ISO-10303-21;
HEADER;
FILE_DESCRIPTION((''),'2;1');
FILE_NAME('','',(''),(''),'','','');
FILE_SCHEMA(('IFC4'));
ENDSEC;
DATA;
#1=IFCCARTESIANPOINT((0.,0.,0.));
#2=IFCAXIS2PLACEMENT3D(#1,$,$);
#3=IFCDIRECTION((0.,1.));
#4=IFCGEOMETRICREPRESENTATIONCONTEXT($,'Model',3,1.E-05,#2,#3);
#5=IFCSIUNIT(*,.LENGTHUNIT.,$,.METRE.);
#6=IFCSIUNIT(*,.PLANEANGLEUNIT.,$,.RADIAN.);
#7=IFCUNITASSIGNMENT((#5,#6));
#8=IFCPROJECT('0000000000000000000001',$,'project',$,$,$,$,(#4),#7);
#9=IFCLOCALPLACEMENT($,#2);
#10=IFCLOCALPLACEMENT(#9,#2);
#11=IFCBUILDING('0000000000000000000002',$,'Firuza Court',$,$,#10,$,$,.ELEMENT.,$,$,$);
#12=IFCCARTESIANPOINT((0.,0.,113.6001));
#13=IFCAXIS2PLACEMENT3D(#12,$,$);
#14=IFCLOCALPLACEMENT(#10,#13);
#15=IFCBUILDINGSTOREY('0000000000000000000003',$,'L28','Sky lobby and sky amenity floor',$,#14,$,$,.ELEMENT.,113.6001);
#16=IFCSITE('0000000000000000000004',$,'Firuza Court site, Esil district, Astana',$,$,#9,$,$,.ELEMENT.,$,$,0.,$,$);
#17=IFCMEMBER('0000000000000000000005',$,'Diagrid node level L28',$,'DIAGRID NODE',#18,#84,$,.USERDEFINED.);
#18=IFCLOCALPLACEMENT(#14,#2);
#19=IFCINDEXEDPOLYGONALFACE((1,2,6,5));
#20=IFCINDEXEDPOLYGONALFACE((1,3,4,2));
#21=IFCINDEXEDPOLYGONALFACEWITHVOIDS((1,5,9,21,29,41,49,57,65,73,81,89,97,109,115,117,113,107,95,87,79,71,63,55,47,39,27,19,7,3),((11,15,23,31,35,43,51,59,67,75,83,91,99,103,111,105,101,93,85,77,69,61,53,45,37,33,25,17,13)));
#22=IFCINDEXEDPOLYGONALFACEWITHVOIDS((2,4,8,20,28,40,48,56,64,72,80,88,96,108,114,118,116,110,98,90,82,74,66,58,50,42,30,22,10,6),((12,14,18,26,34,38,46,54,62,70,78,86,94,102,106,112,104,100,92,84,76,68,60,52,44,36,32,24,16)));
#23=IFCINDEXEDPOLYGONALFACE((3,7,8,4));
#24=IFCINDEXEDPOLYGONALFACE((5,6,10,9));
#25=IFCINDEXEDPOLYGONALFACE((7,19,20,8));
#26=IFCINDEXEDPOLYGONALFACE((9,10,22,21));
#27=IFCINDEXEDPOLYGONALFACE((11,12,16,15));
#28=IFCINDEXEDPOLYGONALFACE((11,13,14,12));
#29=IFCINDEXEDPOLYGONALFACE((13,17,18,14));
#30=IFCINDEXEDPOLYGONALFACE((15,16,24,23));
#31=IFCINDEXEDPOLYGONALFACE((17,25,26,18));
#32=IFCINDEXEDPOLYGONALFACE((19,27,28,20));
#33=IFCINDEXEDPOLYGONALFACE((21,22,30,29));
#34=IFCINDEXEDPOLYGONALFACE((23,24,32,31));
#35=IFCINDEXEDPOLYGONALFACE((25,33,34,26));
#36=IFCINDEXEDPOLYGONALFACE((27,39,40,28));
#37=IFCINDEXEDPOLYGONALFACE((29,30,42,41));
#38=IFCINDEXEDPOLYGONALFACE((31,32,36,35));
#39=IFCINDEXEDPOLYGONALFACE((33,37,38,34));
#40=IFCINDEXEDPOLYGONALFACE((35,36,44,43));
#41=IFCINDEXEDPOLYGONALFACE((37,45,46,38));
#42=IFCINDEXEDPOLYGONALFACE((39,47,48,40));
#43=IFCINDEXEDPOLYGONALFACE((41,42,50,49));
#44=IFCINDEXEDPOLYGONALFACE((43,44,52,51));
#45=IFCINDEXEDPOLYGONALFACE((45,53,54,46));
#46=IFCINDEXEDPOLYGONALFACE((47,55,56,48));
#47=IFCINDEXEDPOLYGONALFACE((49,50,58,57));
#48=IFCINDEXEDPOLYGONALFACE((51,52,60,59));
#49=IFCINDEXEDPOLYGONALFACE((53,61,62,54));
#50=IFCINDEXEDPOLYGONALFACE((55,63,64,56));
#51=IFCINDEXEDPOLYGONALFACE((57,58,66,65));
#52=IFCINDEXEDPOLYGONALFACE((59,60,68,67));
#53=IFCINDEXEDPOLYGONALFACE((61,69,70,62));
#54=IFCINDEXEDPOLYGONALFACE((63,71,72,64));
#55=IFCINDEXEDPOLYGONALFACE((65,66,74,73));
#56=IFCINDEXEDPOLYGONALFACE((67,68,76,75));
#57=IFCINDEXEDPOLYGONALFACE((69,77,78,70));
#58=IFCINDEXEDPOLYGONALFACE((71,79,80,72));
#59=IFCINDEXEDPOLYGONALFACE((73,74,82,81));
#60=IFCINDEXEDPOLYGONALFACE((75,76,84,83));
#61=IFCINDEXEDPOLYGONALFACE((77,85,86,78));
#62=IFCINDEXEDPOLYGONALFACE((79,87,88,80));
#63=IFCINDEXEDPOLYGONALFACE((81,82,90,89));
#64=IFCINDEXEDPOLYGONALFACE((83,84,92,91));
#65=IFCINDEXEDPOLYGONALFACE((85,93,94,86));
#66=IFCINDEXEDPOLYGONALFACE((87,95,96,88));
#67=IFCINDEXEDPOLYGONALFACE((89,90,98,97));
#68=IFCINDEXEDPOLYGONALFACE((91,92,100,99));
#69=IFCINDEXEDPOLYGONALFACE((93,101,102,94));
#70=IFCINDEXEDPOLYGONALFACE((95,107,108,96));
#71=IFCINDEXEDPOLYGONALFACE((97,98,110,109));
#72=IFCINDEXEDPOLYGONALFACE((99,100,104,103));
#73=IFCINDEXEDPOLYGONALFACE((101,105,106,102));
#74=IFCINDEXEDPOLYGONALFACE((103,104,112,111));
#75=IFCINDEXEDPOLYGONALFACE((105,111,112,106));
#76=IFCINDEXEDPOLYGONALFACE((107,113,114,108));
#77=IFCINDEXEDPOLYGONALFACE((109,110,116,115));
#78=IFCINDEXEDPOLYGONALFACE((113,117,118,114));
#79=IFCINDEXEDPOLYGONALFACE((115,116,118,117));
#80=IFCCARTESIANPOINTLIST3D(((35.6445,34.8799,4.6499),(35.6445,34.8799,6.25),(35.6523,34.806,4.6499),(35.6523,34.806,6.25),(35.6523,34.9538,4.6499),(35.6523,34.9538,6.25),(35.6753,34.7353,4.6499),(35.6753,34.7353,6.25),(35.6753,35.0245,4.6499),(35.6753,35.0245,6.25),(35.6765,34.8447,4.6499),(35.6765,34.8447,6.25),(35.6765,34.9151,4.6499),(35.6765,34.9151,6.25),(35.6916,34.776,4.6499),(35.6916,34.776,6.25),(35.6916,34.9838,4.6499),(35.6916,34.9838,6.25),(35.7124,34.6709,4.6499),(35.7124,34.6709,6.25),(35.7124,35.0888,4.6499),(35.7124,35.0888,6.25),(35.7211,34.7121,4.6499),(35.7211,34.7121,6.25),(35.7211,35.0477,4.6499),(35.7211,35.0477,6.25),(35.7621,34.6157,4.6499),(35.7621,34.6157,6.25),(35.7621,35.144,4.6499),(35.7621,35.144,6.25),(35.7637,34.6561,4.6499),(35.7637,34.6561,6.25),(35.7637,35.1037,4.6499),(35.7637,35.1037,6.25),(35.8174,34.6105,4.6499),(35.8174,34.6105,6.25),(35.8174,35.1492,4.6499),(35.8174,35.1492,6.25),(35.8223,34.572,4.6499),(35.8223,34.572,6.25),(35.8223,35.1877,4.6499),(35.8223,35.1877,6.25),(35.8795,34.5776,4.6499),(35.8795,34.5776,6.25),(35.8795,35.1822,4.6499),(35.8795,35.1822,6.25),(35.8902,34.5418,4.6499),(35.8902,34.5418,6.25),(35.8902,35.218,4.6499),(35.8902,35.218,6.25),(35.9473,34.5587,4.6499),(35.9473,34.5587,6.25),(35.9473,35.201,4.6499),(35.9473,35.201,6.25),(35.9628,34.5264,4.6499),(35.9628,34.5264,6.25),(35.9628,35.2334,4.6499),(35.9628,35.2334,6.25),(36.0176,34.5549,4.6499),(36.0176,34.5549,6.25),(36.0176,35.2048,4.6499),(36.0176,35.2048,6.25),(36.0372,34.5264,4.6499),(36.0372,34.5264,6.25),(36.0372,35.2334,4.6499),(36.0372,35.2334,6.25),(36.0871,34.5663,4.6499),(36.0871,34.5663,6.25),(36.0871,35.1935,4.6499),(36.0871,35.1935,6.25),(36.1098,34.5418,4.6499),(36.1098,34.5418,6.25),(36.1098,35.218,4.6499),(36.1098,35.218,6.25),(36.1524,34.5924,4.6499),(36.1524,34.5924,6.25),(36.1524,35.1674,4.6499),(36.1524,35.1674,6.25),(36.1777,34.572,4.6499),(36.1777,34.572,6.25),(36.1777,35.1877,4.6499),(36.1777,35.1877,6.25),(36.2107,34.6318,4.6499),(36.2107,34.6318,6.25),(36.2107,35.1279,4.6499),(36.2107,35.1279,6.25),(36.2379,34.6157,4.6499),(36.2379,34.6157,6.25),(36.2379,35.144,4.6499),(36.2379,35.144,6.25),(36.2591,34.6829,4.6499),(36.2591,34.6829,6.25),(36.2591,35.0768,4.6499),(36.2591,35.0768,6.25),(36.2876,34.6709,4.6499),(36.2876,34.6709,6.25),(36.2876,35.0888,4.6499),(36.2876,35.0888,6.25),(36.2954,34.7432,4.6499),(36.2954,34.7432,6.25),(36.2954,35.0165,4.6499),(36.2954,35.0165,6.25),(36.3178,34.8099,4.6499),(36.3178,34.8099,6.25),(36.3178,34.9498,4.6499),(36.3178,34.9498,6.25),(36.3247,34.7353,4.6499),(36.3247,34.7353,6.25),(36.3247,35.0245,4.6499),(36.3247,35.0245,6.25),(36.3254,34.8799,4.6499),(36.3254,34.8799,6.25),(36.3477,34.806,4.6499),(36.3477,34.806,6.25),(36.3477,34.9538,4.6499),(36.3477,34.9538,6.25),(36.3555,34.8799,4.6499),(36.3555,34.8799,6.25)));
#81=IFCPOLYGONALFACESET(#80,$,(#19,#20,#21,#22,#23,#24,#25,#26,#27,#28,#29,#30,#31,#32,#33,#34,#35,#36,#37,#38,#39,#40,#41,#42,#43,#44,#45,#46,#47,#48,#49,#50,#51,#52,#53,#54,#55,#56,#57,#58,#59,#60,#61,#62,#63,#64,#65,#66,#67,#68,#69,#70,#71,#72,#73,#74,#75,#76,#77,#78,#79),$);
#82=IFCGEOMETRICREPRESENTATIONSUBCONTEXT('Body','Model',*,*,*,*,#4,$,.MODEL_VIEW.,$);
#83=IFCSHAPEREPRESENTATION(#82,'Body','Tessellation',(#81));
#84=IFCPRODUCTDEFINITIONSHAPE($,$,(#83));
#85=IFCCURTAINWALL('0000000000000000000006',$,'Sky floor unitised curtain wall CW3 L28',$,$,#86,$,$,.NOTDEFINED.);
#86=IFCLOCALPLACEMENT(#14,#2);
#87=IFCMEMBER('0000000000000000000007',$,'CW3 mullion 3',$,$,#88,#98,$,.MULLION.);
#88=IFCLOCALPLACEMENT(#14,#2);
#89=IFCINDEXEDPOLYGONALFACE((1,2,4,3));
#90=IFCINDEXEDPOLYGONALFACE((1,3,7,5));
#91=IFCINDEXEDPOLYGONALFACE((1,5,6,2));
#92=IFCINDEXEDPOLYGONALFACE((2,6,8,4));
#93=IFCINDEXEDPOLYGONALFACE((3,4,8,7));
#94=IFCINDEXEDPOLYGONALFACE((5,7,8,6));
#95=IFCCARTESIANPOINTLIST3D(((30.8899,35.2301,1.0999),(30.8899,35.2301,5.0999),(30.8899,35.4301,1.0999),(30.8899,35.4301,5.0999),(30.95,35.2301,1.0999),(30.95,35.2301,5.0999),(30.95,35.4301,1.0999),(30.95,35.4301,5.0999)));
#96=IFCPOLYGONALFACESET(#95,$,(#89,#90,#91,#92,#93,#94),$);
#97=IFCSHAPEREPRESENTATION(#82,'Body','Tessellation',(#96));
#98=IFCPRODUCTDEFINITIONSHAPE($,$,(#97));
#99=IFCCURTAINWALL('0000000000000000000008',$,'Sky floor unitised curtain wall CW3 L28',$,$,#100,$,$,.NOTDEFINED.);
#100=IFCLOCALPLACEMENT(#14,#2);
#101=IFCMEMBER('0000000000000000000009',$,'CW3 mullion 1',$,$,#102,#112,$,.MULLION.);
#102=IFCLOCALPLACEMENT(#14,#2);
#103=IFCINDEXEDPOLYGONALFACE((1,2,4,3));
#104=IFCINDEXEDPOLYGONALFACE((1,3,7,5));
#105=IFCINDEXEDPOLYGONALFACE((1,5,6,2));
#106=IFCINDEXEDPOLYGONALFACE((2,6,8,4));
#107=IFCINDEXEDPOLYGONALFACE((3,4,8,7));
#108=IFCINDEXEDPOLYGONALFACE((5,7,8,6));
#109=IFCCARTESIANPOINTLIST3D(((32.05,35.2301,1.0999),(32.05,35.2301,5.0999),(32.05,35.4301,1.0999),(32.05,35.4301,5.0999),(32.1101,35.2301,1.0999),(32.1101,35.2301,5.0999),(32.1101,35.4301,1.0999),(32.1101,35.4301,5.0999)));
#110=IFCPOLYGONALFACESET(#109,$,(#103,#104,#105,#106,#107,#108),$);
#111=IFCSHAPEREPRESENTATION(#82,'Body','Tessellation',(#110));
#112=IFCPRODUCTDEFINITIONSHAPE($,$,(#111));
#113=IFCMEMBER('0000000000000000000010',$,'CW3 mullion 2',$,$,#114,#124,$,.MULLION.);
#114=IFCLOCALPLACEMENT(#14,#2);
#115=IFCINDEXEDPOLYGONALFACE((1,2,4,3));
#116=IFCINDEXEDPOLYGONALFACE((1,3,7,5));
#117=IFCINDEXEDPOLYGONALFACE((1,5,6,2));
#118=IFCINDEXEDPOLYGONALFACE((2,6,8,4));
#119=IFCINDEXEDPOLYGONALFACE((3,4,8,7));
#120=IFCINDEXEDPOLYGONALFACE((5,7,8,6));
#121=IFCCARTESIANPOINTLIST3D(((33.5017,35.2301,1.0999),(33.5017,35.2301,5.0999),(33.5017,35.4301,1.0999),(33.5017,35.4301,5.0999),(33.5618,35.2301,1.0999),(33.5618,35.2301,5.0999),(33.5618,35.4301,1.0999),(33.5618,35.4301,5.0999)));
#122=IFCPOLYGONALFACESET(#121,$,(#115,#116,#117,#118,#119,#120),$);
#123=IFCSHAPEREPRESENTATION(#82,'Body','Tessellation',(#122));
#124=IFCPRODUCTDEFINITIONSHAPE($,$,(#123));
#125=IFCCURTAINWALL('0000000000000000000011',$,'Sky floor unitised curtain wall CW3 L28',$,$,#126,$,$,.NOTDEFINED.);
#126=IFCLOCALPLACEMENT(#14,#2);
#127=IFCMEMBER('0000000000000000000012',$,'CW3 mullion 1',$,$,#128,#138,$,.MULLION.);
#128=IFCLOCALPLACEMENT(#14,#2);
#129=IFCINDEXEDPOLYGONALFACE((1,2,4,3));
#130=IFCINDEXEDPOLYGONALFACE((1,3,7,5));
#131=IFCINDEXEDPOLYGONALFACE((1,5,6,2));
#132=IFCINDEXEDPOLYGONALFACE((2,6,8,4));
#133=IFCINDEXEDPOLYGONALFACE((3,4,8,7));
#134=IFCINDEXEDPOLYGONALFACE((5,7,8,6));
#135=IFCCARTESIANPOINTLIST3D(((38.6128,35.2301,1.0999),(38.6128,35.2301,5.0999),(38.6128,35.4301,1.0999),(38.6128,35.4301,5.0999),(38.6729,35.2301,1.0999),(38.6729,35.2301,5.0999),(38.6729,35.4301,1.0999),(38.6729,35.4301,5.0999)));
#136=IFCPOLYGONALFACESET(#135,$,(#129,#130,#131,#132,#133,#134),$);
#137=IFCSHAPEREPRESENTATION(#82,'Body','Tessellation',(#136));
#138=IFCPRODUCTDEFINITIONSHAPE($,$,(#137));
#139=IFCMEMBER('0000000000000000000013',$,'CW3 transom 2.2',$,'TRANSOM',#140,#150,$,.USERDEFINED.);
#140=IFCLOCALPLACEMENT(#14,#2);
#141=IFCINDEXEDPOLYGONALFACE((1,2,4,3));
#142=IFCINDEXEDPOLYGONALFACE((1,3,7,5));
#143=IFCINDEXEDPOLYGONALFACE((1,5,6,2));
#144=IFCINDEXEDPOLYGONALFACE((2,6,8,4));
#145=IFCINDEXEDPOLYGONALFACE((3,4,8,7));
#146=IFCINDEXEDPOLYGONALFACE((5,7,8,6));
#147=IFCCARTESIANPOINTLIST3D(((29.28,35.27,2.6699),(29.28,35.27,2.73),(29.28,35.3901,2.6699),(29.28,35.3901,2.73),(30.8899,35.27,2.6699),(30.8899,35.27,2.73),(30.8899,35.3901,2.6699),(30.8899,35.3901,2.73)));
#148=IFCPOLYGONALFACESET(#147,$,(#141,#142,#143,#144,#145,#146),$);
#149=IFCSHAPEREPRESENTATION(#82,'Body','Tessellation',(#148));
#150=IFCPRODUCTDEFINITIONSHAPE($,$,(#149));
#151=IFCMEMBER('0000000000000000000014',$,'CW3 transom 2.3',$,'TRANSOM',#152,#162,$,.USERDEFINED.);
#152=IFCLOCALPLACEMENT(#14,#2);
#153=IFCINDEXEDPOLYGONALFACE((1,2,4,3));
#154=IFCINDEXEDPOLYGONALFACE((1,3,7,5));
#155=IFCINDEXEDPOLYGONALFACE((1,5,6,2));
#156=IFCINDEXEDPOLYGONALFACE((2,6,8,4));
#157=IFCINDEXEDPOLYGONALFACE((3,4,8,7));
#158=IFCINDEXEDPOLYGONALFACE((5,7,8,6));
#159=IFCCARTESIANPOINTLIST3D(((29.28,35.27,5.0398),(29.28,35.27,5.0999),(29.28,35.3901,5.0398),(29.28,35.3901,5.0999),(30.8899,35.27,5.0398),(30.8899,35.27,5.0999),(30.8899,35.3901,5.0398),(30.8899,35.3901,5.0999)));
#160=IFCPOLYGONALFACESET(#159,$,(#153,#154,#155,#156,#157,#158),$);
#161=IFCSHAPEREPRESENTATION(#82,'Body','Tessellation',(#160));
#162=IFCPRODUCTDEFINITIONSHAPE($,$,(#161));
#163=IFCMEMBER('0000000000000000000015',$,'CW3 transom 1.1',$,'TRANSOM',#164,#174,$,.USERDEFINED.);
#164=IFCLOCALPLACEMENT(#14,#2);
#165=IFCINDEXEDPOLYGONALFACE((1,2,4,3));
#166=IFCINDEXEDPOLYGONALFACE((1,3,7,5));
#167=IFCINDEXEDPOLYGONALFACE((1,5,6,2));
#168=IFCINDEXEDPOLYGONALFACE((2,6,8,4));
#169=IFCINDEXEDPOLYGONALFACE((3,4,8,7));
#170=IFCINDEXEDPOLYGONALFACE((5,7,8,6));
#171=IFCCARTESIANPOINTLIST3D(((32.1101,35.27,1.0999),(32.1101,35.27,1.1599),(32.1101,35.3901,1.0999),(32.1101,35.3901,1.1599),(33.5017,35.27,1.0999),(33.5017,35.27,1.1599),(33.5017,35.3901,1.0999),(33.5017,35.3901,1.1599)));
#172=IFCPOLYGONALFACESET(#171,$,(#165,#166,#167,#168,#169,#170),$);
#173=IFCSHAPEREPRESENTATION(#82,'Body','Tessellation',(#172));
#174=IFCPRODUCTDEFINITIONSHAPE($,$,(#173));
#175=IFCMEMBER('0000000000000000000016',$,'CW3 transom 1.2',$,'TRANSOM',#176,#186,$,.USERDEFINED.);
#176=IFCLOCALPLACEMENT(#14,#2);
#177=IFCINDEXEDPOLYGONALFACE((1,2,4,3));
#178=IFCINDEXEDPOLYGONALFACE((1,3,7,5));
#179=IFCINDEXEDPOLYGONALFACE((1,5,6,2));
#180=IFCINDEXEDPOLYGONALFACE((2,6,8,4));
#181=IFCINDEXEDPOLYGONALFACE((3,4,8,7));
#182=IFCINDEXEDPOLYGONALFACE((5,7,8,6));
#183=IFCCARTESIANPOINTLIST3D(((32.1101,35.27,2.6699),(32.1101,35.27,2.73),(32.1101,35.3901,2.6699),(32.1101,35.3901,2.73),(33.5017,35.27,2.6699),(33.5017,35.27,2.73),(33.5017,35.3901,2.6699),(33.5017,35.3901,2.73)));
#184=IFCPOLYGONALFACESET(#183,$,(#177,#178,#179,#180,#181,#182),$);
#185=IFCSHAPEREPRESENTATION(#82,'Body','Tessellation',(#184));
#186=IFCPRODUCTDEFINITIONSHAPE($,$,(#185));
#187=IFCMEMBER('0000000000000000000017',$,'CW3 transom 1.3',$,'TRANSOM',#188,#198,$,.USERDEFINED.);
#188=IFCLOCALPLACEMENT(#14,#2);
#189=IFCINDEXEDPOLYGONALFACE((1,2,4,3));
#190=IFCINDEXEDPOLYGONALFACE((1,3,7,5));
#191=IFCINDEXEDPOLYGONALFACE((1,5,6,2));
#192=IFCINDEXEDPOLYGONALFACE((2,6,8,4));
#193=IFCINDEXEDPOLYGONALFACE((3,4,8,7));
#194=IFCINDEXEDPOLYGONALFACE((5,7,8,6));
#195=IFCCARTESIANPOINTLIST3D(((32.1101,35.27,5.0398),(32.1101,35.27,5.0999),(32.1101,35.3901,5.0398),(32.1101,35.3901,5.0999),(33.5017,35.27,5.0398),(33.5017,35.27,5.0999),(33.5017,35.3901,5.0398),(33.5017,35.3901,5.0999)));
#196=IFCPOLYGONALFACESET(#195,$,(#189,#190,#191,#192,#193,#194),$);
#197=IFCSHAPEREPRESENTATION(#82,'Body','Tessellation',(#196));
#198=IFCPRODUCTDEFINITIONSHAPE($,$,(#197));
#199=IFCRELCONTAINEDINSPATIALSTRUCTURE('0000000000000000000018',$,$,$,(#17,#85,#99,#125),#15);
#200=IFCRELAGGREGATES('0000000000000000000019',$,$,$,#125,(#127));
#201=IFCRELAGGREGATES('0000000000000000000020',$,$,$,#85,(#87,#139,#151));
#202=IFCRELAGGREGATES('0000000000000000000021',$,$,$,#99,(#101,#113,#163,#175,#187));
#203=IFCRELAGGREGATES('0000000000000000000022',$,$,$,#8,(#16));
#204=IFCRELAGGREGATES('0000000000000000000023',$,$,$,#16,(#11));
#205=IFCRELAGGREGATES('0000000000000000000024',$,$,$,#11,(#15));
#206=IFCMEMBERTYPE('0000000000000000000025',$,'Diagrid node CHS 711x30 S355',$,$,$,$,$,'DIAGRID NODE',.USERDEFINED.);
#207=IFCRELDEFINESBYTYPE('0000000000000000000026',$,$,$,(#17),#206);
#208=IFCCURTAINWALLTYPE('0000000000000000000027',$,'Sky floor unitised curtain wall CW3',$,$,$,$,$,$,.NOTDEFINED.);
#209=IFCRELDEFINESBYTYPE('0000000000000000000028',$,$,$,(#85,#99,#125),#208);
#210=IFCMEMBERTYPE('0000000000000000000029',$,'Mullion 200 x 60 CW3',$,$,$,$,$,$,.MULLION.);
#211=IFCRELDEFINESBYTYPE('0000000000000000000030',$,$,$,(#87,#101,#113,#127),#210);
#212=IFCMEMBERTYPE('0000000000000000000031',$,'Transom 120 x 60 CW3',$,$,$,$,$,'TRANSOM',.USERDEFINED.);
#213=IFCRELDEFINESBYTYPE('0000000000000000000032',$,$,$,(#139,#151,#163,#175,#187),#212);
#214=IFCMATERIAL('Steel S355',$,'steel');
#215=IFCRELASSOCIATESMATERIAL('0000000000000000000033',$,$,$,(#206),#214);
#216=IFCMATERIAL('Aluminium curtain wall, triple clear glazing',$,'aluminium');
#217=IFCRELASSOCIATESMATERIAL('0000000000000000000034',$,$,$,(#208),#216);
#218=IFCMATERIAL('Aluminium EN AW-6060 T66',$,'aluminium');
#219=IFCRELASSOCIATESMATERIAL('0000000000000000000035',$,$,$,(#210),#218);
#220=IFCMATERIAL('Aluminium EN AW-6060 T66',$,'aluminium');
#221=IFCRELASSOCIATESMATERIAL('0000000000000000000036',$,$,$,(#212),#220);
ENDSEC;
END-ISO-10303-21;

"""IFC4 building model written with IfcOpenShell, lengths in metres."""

from ifc_helpers import new_model, si_unit, direction, frame, origin, origin_2d, place, context, subcontext, project, spatial, rectangle, hollow_circle, extrude, material, material_profile, profile_set, type_object, element, aggregate, save


model = new_model("IFC4")

# Units and contexts
model_context = context("Model", 3, precision=1e-05, world=origin(), true_north=direction((0.0, 1.0)))
body_context = subcontext(model_context, "Body", "Model", "MODEL_VIEW")
ifc_project = project(units=[si_unit("LENGTHUNIT", "METRE"), si_unit("PLANEANGLEUNIT", "RADIAN")], contexts=[model_context])

# Site, building, storey
site_placement = place(None, origin())
site = spatial("IfcSite", under=ifc_project, at=site_placement, Name="Firuza Court site, Esil district, Astana", CompositionType="ELEMENT", RefElevation=0.0)
building_placement = place(site_placement, origin())
building = spatial("IfcBuilding", under=site, at=building_placement, Name="Firuza Court", CompositionType="ELEMENT")
storey_placement = place(building_placement, frame((0.0, 0.0, 113.6001)))
storey = spatial("IfcBuildingStorey", under=building, at=storey_placement, Name="L28", Description="Sky lobby and sky amenity floor", CompositionType="ELEMENT", Elevation=113.6001)

# Member
ifc_material_1 = material(Name="Steel S355", Category="steel")
ifc_material_profile_1 = material_profile(ifc_material_1, hollow_circle(Radius=0.3555, WallThickness=0.03, at=origin_2d()), Name="CHS 711x30")
ifc_profile_set_1 = profile_set([ifc_material_profile_1], Name="Steel S355")
member_type_1 = type_object("IfcMemberType", Name="Diagrid node CHS 711x30 S355", ElementType="DIAGRID NODE", PredefinedType="USERDEFINED", material=ifc_profile_set_1)
member_1_placement = place(storey_placement, frame((36.0, 34.8799, 4.6499), z_axis=(0.0, 0.0, 1.0), x_axis=(1.0, 0.0, 0.0)))
element("IfcMember", 1, at=member_1_placement, inside=storey, type_object=member_type_1, Name="Diagrid node level L28", ObjectType="DIAGRID NODE", PredefinedType="USERDEFINED", context=body_context, shape_type="SweptSolid", body=[
    extrude(hollow_circle(Radius=0.3555, WallThickness=0.03, at=origin_2d()), origin(), (0.0, 0.0, 1.0), 1.6001),
])

# Curtain wall, member
ifc_material_2 = material(Name="Aluminium curtain wall, triple clear glazing", Category="aluminium")
curtain_wall_type = type_object("IfcCurtainWallType", Name="Sky floor unitised curtain wall CW3", PredefinedType="NOTDEFINED", material=ifc_material_2)
curtain_wall_1_placement = place(storey_placement, origin())
curtain_wall_1 = element("IfcCurtainWall", 2, at=curtain_wall_1_placement, inside=storey, type_object=curtain_wall_type, Name="Sky floor unitised curtain wall CW3 L28", PredefinedType="NOTDEFINED")
ifc_material_3 = material(Name="Aluminium EN AW-6060 T66", Category="aluminium")
ifc_material_profile_2 = material_profile(ifc_material_3, rectangle(XDim=0.2, YDim=0.0601, at=origin_2d()), Name="Mullion 200 x 60 CW3")
ifc_profile_set_2 = profile_set([ifc_material_profile_2], Name="Aluminium EN AW-6060 T66")
member_type_2 = type_object("IfcMemberType", Name="Mullion 200 x 60 CW3", PredefinedType="MULLION", material=ifc_profile_set_2)
member_2_placement = place(storey_placement, frame((30.9199, 35.3301, 1.0999), z_axis=(0.0, 0.0, 1.0), x_axis=(0.0, 1.0, 0.0)))
member_2 = element("IfcMember", 3, at=member_2_placement, type_object=member_type_2, Name="CW3 mullion 3", PredefinedType="MULLION", context=body_context, shape_type="SweptSolid", body=[
    extrude(rectangle(XDim=0.2, YDim=0.0601, at=origin_2d()), origin(), (0.0, 0.0, 1.0), 4.0),
])

# Curtain wall, members
curtain_wall_2_placement = place(storey_placement, origin())
curtain_wall_2 = element("IfcCurtainWall", 4, at=curtain_wall_2_placement, inside=storey, type_object=curtain_wall_type, Name="Sky floor unitised curtain wall CW3 L28", PredefinedType="NOTDEFINED")
member_3_placement = place(storey_placement, frame((32.0801, 35.3301, 1.0999), z_axis=(0.0, 0.0, 1.0), x_axis=(0.0, 1.0, 0.0)))
member_3 = element("IfcMember", 5, at=member_3_placement, type_object=member_type_2, Name="CW3 mullion 1", PredefinedType="MULLION", context=body_context, shape_type="SweptSolid", body=[
    extrude(rectangle(XDim=0.2, YDim=0.0601, at=origin_2d()), origin(), (0.0, 0.0, 1.0), 4.0),
])
member_4_placement = place(storey_placement, frame((33.5317, 35.3301, 1.0999), z_axis=(0.0, 0.0, 1.0), x_axis=(0.0, 1.0, 0.0)))
member_4 = element("IfcMember", 6, at=member_4_placement, type_object=member_type_2, Name="CW3 mullion 2", PredefinedType="MULLION", context=body_context, shape_type="SweptSolid", body=[
    extrude(rectangle(XDim=0.2, YDim=0.0601, at=origin_2d()), origin(), (0.0, 0.0, 1.0), 4.0),
])

# Curtain wall, member
curtain_wall_3_placement = place(storey_placement, origin())
curtain_wall_3 = element("IfcCurtainWall", 7, at=curtain_wall_3_placement, inside=storey, type_object=curtain_wall_type, Name="Sky floor unitised curtain wall CW3 L28", PredefinedType="NOTDEFINED")
member_5_placement = place(storey_placement, frame((38.6428, 35.3301, 1.0999), z_axis=(0.0, 0.0, 1.0), x_axis=(0.0, 1.0, 0.0)))
member_5 = element("IfcMember", 8, at=member_5_placement, type_object=member_type_2, Name="CW3 mullion 1", PredefinedType="MULLION", context=body_context, shape_type="SweptSolid", body=[
    extrude(rectangle(XDim=0.2, YDim=0.0601, at=origin_2d()), origin(), (0.0, 0.0, 1.0), 4.0),
])

# Members
ifc_material_4 = material(Name="Aluminium EN AW-6060 T66", Category="aluminium")
ifc_material_profile_3 = material_profile(ifc_material_4, rectangle(XDim=0.1201, YDim=0.0601, at=origin_2d()), Name="Transom 120 x 60 CW3")
ifc_profile_set_3 = profile_set([ifc_material_profile_3], Name="Aluminium EN AW-6060 T66")
member_type_3 = type_object("IfcMemberType", Name="Transom 120 x 60 CW3", ElementType="TRANSOM", PredefinedType="USERDEFINED", material=ifc_profile_set_3)
member_6_placement = place(storey_placement, frame((29.28, 35.3301, 2.7), z_axis=(1.0, 0.0, 0.0), x_axis=(0.0, 1.0, 0.0)))
member_6 = element("IfcMember", 9, at=member_6_placement, type_object=member_type_3, Name="CW3 transom 2.2", ObjectType="TRANSOM", PredefinedType="USERDEFINED", context=body_context, shape_type="SweptSolid", body=[
    extrude(rectangle(XDim=0.1201, YDim=0.0601, at=origin_2d()), origin(), (0.0, 0.0, 1.0), 1.6099),
])
member_7_placement = place(storey_placement, frame((29.28, 35.3301, 5.0698), z_axis=(1.0, 0.0, 0.0), x_axis=(0.0, 1.0, 0.0)))
member_7 = element("IfcMember", 10, at=member_7_placement, type_object=member_type_3, Name="CW3 transom 2.3", ObjectType="TRANSOM", PredefinedType="USERDEFINED", context=body_context, shape_type="SweptSolid", body=[
    extrude(rectangle(XDim=0.1201, YDim=0.0601, at=origin_2d()), origin(), (0.0, 0.0, 1.0), 1.6099),
])
member_8_placement = place(storey_placement, frame((32.1101, 35.3301, 1.1299), z_axis=(1.0, 0.0, 0.0), x_axis=(0.0, 1.0, 0.0)))
member_8 = element("IfcMember", 11, at=member_8_placement, type_object=member_type_3, Name="CW3 transom 1.1", ObjectType="TRANSOM", PredefinedType="USERDEFINED", context=body_context, shape_type="SweptSolid", body=[
    extrude(rectangle(XDim=0.1201, YDim=0.0601, at=origin_2d()), origin(), (0.0, 0.0, 1.0), 1.3916),
])
member_9_placement = place(storey_placement, frame((32.1101, 35.3301, 2.7), z_axis=(1.0, 0.0, 0.0), x_axis=(0.0, 1.0, 0.0)))
member_9 = element("IfcMember", 12, at=member_9_placement, type_object=member_type_3, Name="CW3 transom 1.2", ObjectType="TRANSOM", PredefinedType="USERDEFINED", context=body_context, shape_type="SweptSolid", body=[
    extrude(rectangle(XDim=0.1201, YDim=0.0601, at=origin_2d()), origin(), (0.0, 0.0, 1.0), 1.3916),
])
member_10_placement = place(storey_placement, frame((32.1101, 35.3301, 5.0698), z_axis=(1.0, 0.0, 0.0), x_axis=(0.0, 1.0, 0.0)))
member_10 = element("IfcMember", 13, at=member_10_placement, type_object=member_type_3, Name="CW3 transom 1.3", ObjectType="TRANSOM", PredefinedType="USERDEFINED", context=body_context, shape_type="SweptSolid", body=[
    extrude(rectangle(XDim=0.1201, YDim=0.0601, at=origin_2d()), origin(), (0.0, 0.0, 1.0), 1.3916),
])
aggregate(curtain_wall_3, [member_5])

aggregate(curtain_wall_1, [member_2, member_6, member_7])
aggregate(curtain_wall_2, [member_3, member_4, member_8, member_9, member_10])

save(model, "model.ifc")
